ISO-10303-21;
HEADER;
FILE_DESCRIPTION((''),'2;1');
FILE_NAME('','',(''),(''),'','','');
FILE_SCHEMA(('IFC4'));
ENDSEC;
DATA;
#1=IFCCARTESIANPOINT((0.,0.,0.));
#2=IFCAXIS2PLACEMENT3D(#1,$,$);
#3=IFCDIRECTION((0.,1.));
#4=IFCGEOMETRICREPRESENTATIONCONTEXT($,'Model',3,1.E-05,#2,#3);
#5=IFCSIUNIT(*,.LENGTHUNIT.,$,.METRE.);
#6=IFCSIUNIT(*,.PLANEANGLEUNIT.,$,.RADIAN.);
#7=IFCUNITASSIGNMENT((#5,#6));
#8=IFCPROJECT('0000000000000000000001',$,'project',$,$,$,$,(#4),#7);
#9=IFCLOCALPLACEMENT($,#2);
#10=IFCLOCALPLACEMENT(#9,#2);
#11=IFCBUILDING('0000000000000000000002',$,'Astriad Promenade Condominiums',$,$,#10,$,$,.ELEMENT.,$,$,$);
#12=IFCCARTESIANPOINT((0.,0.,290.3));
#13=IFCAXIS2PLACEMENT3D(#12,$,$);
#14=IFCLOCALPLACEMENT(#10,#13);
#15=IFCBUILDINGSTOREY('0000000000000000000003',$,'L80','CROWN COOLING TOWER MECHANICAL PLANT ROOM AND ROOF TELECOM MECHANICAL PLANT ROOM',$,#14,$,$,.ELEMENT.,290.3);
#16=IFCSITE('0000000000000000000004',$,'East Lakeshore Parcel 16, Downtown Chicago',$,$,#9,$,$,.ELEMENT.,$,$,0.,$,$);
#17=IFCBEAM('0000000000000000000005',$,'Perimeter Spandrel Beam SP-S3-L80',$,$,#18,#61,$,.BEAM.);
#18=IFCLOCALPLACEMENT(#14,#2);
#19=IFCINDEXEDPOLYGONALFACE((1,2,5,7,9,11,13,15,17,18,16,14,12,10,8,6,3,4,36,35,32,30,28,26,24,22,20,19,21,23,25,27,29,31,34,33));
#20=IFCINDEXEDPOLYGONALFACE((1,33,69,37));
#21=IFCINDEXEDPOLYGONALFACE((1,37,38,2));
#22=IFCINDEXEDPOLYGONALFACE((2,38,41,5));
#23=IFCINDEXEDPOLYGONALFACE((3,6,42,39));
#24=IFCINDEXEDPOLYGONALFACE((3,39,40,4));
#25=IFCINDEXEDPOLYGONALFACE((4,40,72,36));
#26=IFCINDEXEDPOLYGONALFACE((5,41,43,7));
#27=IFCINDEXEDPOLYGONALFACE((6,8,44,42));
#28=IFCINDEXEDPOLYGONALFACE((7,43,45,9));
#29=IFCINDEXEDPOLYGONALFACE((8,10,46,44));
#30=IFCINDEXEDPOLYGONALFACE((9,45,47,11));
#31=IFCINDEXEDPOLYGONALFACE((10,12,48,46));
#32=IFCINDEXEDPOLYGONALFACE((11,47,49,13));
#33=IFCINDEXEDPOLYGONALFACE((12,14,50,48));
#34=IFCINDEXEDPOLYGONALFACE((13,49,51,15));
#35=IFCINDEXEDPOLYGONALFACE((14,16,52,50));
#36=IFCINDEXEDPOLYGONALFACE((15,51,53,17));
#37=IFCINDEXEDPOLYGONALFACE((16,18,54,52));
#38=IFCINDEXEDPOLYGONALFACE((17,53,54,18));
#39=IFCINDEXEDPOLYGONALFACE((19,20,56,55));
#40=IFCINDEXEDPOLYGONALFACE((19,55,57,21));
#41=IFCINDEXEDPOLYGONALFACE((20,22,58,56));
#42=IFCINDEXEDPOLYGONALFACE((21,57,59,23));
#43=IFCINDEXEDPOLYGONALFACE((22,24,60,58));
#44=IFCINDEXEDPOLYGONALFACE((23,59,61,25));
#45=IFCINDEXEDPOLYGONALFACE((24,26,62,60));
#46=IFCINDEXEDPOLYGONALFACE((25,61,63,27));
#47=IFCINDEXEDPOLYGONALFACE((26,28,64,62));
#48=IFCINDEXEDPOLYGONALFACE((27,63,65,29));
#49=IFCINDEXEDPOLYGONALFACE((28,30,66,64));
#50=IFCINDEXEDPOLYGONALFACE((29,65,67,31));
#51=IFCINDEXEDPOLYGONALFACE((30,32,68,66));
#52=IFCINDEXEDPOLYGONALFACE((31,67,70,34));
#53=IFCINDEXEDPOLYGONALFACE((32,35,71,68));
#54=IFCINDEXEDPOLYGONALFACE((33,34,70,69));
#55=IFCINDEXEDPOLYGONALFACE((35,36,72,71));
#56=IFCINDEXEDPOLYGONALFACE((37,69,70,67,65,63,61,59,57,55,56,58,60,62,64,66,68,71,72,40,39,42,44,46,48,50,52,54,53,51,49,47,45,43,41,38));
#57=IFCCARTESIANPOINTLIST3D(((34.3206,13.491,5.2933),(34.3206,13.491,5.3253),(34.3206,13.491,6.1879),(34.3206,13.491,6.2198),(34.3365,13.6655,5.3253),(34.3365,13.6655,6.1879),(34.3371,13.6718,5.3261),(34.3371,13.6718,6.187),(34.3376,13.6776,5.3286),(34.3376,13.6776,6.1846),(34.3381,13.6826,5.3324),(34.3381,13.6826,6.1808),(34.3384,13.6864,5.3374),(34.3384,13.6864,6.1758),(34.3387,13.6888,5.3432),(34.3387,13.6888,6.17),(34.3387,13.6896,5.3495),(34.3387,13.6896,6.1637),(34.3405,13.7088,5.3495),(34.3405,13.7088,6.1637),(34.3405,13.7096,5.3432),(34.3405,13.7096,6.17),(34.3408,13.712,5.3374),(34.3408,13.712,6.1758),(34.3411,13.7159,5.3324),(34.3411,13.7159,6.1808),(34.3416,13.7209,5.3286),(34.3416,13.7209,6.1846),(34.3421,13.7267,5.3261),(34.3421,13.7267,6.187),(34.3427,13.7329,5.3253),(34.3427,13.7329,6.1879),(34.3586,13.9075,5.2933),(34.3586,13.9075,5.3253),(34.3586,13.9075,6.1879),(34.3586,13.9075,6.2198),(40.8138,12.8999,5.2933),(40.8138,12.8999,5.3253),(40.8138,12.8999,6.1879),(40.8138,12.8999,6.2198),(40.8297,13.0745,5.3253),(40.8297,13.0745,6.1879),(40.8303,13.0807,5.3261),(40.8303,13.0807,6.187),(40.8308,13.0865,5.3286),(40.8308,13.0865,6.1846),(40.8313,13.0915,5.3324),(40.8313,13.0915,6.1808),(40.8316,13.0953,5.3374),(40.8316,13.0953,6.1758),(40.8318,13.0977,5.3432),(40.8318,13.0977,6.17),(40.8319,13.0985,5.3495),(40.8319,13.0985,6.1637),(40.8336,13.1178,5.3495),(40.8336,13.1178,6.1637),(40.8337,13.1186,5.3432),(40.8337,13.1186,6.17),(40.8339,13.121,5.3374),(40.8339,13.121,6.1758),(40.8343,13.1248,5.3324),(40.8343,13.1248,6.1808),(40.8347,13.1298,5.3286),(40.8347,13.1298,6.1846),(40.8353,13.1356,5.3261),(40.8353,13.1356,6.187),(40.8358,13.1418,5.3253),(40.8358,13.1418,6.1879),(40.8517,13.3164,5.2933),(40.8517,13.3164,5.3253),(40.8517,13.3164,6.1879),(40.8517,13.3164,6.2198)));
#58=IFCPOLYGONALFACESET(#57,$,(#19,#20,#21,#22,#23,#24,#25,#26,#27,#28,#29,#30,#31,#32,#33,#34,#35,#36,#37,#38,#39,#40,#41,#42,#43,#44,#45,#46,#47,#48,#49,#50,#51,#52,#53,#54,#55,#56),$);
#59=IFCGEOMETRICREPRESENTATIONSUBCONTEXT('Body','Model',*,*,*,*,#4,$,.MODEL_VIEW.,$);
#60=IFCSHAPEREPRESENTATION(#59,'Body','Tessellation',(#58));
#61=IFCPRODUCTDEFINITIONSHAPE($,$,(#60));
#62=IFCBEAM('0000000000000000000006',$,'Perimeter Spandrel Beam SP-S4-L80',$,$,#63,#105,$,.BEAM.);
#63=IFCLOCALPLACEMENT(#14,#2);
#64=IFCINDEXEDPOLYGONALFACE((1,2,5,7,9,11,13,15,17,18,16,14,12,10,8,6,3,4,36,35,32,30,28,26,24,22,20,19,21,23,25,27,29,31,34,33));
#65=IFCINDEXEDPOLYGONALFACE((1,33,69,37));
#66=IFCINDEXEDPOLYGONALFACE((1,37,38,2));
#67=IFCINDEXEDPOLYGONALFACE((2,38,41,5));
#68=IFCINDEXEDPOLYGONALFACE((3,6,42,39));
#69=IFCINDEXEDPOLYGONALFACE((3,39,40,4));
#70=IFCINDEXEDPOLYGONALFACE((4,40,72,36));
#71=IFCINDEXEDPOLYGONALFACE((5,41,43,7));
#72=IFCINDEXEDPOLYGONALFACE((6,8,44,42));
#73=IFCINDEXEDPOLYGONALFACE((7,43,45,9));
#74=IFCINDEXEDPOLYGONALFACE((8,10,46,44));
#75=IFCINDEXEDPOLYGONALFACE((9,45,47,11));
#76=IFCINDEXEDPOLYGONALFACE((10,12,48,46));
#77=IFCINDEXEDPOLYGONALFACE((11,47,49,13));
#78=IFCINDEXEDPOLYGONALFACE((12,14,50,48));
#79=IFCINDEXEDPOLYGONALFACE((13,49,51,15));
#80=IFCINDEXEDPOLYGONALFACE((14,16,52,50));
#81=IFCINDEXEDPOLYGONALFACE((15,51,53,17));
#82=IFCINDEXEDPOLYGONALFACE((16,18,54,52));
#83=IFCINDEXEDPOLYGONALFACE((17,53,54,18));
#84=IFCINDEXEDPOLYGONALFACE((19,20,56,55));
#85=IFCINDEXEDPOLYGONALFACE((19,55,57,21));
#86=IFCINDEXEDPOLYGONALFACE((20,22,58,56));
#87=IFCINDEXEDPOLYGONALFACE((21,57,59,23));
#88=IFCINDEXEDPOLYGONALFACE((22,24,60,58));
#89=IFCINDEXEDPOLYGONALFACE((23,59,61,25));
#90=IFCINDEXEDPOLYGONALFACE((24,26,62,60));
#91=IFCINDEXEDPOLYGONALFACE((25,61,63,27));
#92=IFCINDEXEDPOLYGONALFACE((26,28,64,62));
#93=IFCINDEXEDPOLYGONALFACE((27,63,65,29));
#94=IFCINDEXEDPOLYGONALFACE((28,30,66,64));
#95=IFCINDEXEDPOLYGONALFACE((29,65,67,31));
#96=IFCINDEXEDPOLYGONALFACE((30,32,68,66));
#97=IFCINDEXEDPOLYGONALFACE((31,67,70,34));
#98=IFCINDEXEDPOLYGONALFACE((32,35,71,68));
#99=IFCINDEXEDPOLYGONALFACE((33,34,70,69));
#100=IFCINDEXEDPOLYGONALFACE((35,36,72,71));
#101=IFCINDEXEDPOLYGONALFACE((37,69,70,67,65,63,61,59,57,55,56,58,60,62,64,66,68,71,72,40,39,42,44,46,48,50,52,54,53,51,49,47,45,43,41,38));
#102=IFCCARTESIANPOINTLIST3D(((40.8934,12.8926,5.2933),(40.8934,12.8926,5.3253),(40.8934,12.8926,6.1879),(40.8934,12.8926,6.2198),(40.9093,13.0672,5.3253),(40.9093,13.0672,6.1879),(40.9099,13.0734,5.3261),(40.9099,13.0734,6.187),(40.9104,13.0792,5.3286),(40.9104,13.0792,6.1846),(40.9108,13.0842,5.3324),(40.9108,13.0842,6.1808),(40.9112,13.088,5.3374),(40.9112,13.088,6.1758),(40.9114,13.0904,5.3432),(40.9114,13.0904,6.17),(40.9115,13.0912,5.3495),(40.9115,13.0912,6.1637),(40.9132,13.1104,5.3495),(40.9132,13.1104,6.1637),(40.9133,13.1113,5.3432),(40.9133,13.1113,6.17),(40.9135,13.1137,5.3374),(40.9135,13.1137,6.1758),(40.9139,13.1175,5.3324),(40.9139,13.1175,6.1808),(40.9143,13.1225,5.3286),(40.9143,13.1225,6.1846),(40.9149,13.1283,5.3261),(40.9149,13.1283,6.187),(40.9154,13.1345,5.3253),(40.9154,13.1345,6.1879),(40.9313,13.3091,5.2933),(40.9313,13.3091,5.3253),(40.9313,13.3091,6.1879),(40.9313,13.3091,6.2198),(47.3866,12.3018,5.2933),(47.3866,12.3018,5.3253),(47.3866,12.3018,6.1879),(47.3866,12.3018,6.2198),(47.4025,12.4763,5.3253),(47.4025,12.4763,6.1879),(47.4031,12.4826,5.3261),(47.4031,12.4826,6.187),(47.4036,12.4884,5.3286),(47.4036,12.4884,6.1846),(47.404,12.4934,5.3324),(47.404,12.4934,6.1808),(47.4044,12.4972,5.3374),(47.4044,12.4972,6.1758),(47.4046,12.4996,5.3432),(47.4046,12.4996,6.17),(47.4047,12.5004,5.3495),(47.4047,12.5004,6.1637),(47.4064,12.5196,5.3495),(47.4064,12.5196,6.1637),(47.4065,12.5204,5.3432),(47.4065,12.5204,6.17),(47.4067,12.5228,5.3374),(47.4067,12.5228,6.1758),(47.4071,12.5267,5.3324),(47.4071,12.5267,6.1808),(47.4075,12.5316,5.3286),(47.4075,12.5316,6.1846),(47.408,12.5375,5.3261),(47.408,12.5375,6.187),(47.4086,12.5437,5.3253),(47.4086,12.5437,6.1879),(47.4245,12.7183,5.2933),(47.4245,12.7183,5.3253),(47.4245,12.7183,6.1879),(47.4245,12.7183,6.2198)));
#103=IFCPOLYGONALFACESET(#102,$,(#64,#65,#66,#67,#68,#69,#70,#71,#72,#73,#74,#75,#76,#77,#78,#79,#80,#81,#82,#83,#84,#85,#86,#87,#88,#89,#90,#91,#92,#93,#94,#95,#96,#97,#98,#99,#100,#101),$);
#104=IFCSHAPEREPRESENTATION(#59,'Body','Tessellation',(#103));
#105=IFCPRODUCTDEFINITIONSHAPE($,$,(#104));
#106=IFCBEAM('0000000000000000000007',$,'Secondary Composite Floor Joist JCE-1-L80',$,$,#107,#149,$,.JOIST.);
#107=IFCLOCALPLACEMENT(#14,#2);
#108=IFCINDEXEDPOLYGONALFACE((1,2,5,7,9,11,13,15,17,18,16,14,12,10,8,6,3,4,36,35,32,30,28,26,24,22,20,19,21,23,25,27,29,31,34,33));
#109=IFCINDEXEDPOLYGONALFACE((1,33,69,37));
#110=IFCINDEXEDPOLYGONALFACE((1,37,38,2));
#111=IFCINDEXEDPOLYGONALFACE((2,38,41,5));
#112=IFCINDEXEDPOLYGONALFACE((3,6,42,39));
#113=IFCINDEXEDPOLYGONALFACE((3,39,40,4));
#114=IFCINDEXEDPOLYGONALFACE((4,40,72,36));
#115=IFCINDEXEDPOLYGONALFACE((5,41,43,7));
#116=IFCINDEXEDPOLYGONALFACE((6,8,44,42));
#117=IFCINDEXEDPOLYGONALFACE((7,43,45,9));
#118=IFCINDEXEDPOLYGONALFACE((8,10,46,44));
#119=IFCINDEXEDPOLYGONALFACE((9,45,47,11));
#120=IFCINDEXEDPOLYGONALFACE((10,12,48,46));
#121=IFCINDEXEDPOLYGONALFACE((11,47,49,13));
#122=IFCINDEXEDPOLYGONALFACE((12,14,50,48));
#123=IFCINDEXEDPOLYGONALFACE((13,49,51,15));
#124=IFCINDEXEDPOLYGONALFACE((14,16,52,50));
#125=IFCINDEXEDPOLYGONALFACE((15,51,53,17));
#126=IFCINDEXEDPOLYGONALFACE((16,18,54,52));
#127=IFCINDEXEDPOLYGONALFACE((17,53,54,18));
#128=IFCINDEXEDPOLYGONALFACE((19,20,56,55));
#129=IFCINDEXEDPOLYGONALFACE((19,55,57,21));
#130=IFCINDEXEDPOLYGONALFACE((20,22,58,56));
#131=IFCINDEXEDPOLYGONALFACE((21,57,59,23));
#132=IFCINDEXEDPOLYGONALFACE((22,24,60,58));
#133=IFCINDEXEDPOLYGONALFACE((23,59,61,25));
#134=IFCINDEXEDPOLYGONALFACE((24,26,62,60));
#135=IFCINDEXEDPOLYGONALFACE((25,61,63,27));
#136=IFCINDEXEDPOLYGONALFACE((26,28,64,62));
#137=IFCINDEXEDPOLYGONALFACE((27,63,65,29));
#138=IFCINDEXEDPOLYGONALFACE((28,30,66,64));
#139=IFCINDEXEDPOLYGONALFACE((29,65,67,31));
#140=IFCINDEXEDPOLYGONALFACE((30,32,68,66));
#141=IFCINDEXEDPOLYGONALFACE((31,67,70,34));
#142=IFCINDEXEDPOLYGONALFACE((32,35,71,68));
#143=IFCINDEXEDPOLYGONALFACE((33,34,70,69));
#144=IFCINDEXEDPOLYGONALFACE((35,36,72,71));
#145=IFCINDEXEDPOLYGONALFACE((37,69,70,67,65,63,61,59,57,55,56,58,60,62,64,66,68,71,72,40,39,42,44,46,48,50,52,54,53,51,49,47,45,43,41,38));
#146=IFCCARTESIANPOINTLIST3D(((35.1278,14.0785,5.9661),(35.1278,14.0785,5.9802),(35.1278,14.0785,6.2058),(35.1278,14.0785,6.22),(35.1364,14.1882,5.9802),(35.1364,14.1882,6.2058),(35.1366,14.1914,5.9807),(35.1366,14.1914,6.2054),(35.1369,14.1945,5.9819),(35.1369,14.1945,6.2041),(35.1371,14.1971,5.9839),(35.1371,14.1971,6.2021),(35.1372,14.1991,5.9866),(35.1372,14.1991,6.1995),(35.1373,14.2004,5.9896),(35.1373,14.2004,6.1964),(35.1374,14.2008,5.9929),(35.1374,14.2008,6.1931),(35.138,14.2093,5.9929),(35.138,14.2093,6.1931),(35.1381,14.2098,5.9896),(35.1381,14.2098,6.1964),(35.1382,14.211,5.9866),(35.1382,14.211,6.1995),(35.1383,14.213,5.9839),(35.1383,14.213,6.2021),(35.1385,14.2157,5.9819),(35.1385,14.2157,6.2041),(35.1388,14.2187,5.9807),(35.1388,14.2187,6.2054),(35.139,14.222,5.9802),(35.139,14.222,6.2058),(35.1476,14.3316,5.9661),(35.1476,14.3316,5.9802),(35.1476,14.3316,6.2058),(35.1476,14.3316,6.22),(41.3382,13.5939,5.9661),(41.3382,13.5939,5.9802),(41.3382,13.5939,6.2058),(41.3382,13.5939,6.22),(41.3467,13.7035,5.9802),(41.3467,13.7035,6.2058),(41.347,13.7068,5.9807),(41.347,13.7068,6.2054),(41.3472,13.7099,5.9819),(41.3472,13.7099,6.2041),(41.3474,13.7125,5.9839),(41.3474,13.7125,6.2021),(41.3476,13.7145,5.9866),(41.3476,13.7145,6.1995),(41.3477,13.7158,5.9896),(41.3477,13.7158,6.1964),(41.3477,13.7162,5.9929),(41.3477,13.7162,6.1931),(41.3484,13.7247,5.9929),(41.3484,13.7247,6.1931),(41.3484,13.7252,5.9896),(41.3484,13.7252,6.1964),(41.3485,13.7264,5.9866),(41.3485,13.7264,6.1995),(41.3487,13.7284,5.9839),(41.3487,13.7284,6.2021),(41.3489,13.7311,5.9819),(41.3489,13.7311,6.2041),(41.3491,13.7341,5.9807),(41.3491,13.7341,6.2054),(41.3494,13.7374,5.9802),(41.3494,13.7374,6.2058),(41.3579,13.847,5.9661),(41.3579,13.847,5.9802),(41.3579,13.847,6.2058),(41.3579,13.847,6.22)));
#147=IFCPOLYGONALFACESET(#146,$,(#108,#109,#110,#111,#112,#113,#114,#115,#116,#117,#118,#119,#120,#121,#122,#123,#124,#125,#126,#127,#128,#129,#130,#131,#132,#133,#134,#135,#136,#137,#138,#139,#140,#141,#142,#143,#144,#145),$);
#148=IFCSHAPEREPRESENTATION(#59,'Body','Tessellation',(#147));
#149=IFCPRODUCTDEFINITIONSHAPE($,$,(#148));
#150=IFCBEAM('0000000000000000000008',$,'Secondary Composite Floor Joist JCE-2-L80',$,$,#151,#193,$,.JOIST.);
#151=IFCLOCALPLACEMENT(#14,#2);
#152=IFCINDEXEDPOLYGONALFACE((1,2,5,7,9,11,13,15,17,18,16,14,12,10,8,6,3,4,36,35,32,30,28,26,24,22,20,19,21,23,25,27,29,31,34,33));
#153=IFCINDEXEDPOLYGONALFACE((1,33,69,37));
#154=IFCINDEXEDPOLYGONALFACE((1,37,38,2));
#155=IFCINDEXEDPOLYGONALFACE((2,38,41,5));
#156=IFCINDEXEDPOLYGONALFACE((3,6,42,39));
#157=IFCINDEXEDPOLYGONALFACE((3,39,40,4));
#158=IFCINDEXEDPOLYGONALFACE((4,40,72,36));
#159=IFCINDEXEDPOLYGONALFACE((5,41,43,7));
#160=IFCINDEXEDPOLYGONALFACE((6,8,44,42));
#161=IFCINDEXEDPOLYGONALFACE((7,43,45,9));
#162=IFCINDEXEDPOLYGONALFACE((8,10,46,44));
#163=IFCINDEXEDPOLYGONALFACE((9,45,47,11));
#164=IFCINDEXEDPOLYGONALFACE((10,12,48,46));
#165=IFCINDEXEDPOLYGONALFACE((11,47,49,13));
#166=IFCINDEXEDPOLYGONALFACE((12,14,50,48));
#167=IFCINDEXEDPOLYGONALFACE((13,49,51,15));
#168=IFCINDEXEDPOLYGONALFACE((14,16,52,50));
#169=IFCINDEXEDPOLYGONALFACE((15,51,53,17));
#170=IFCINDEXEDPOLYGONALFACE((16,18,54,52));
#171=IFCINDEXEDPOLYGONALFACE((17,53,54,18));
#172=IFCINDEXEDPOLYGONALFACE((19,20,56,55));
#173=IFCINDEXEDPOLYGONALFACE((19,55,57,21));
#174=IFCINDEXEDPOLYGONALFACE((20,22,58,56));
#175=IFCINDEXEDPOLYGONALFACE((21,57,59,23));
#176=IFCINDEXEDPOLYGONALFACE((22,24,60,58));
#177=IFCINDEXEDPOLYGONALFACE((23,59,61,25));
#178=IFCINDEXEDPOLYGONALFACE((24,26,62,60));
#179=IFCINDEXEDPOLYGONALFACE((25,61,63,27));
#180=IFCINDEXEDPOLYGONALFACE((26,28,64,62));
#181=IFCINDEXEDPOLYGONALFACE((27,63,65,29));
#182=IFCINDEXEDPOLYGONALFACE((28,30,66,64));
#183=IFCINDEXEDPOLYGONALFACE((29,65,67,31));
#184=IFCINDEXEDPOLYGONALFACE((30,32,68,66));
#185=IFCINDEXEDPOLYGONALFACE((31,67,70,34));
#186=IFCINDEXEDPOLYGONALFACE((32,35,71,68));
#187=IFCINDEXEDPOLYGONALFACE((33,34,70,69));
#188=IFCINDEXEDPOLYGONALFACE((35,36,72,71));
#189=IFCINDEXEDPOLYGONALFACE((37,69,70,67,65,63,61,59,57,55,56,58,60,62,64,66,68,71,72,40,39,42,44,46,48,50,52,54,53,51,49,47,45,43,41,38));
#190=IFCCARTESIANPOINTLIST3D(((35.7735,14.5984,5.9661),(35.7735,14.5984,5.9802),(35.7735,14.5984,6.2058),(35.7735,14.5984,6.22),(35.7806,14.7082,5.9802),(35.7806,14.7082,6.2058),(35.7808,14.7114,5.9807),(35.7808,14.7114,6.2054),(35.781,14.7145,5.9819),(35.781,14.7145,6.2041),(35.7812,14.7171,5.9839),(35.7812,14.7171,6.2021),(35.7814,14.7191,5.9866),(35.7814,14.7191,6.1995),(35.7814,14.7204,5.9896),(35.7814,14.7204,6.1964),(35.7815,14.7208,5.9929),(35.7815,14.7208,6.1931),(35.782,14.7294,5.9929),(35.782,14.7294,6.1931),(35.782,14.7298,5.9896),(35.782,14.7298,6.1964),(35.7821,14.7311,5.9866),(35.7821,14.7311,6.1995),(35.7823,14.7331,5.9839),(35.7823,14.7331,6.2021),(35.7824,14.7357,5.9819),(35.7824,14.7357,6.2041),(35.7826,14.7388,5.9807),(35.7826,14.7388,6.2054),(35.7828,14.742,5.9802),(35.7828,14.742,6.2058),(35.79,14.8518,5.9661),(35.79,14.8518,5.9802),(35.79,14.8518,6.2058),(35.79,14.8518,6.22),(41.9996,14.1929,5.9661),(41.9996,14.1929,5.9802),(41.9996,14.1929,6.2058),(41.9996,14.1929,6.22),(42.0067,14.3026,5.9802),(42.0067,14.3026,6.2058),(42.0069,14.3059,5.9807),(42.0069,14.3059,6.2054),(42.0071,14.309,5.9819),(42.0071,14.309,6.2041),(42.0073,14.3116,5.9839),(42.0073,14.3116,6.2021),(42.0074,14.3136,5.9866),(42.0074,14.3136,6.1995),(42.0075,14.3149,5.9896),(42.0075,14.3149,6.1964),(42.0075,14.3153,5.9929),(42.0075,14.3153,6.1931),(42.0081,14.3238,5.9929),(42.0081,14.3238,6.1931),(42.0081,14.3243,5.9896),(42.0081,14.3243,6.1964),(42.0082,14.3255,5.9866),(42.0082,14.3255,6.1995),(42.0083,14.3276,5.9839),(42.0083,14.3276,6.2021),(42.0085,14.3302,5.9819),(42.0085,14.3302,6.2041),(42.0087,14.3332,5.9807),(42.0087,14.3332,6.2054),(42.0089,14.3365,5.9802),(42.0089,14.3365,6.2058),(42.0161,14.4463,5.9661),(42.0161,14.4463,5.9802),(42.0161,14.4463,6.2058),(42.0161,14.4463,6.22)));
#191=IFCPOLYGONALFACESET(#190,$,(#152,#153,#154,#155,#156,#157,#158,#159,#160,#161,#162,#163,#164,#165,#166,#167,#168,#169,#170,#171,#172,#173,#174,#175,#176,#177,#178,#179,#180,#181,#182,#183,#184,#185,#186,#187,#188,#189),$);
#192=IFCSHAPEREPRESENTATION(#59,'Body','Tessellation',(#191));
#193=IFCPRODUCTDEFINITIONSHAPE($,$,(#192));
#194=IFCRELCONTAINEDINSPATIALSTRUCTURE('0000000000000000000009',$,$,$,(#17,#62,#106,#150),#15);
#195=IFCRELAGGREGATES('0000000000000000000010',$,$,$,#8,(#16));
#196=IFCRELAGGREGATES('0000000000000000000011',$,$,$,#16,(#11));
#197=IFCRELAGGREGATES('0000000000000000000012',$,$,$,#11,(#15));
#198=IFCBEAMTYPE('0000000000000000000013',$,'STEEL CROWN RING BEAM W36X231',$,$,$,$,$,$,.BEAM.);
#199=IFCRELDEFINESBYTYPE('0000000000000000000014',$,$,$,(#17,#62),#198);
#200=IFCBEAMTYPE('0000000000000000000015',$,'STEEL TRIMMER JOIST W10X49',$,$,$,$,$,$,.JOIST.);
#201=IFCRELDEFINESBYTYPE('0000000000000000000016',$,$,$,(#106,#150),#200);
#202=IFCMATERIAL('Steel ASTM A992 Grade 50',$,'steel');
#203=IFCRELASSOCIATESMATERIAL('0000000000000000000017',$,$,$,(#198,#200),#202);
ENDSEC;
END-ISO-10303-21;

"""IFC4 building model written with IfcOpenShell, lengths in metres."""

from ifc_helpers import new_model, si_unit, direction, frame, origin, origin_2d, place, context, subcontext, project, spatial, i_section, extrude, source, transform, mapped, material, material_profile, profile_set, type_object, type_shapes, element, save


model = new_model("IFC4")

# Units and contexts
model_context = context("Model", 3, precision=1e-05, world=origin(), true_north=direction((0.0, 1.0)))
body_context = subcontext(model_context, "Body", "Model", "MODEL_VIEW")
ifc_project = project(units=[si_unit("LENGTHUNIT", "METRE"), si_unit("PLANEANGLEUNIT", "RADIAN")], contexts=[model_context])

# Site, building, storey
site_placement = place(None, origin())
site = spatial("IfcSite", under=ifc_project, at=site_placement, Name="East Lakeshore Parcel 16, Downtown Chicago", CompositionType="ELEMENT", RefElevation=0.0)
building_placement = place(site_placement, origin())
building = spatial("IfcBuilding", under=site, at=building_placement, Name="Astriad Promenade Condominiums", CompositionType="ELEMENT")
storey_placement = place(building_placement, frame((0.0, 0.0, 290.3)))
storey = spatial("IfcBuildingStorey", under=building, at=storey_placement, Name="L80", Description="CROWN COOLING TOWER MECHANICAL PLANT ROOM AND ROOF TELECOM MECHANICAL PLANT ROOM", CompositionType="ELEMENT", Elevation=290.3)

# Shared definitions
ifc_material_1 = material(Name="Steel ASTM A992 Grade 50", Category="steel")

# Beams
ifc_material_profile_1 = material_profile(ifc_material_1, i_section(OverallWidth=0.4182, OverallDepth=0.9265, WebThickness=0.0193, FlangeThickness=0.032, FilletRadius=0.0242, at=origin_2d()), Name="W36X231")
ifc_profile_set_1 = profile_set([ifc_material_profile_1], Name="Steel ASTM A992 Grade 50")
beam_type_1 = type_object("IfcBeamType", Name="STEEL CROWN RING BEAM W36X231", PredefinedType="BEAM", material=ifc_profile_set_1)
shared_shape_1 = source(origin(), body_context, "Body", "SweptSolid", [
    extrude(i_section(OverallWidth=0.4182, OverallDepth=0.9265, WebThickness=0.0193, FlangeThickness=0.032, FilletRadius=0.0242, at=origin_2d()), origin(), (0.0, 0.0, 1.0), 6.52),
])
type_shapes(beam_type_1, [shared_shape_1])
for number, where, z_axis, x_axis, name in (
    (1, (34.3396, 13.6992, 5.7566), (0.995882, -0.090654, 0.0), (0.090654, 0.995882, 0.0), "Perimeter Spandrel Beam SP-S3-L80"),
    (2, (40.9124, 13.1008, 5.7566), (0.995886, -0.090617, 0.0), (0.090617, 0.995886, 0.0), "Perimeter Spandrel Beam SP-S4-L80"),
):
    element("IfcBeam", number, at=place(storey_placement, frame(where, z_axis=z_axis, x_axis=x_axis)), inside=storey, type_object=beam_type_1, Name=name, PredefinedType="BEAM", context=body_context, shape_type="MappedRepresentation", body=[
        mapped(shared_shape_1, transform((0.0, 0.0, 0.0), scale=1.0)),
    ])
ifc_material_profile_2 = material_profile(ifc_material_1, i_section(OverallWidth=0.2539, OverallDepth=0.2539, WebThickness=0.0085, FlangeThickness=0.0142, FilletRadius=0.0127, at=origin_2d()), Name="W10X49")
ifc_profile_set_2 = profile_set([ifc_material_profile_2], Name="Steel ASTM A992 Grade 50")
beam_type_2 = type_object("IfcBeamType", Name="STEEL TRIMMER JOIST W10X49", PredefinedType="JOIST", material=ifc_profile_set_2)
shared_shape_2 = source(origin(), body_context, "Body", "SweptSolid", [
    extrude(i_section(OverallWidth=0.2539, OverallDepth=0.2539, WebThickness=0.0085, FlangeThickness=0.0142, FilletRadius=0.0127, at=origin_2d()), origin(), (0.0, 0.0, 1.0), 6.2292),
])
beam_1_placement = place(storey_placement, frame((35.1377, 14.2051, 6.093), z_axis=(0.996969, -0.077796, 0.0), x_axis=(0.077796, 0.996969, 0.0)))
element("IfcBeam", 3, at=beam_1_placement, inside=storey, type_object=beam_type_2, Name="Secondary Composite Floor Joist JCE-1-L80", PredefinedType="JOIST", context=body_context, shape_type="MappedRepresentation", body=[
    mapped(shared_shape_2, transform((0.0, 0.0, 0.0), scale=1.0)),
])
shared_shape_3 = source(origin(), body_context, "Body", "SweptSolid", [
    extrude(i_section(OverallWidth=0.2539, OverallDepth=0.2539, WebThickness=0.0085, FlangeThickness=0.0142, FilletRadius=0.0127, at=origin_2d()), origin(), (0.0, 0.0, 1.0), 6.2393),
])
beam_2_placement = place(storey_placement, frame((35.7817, 14.7251, 6.093), z_axis=(0.997886, -0.064994, 0.0), x_axis=(0.064994, 0.997886, 0.0)))
element("IfcBeam", 4, at=beam_2_placement, inside=storey, type_object=beam_type_2, Name="Secondary Composite Floor Joist JCE-2-L80", PredefinedType="JOIST", context=body_context, shape_type="MappedRepresentation", body=[
    mapped(shared_shape_3, transform((0.0, 0.0, 0.0), scale=1.0)),
])

save(model, "model.ifc")
